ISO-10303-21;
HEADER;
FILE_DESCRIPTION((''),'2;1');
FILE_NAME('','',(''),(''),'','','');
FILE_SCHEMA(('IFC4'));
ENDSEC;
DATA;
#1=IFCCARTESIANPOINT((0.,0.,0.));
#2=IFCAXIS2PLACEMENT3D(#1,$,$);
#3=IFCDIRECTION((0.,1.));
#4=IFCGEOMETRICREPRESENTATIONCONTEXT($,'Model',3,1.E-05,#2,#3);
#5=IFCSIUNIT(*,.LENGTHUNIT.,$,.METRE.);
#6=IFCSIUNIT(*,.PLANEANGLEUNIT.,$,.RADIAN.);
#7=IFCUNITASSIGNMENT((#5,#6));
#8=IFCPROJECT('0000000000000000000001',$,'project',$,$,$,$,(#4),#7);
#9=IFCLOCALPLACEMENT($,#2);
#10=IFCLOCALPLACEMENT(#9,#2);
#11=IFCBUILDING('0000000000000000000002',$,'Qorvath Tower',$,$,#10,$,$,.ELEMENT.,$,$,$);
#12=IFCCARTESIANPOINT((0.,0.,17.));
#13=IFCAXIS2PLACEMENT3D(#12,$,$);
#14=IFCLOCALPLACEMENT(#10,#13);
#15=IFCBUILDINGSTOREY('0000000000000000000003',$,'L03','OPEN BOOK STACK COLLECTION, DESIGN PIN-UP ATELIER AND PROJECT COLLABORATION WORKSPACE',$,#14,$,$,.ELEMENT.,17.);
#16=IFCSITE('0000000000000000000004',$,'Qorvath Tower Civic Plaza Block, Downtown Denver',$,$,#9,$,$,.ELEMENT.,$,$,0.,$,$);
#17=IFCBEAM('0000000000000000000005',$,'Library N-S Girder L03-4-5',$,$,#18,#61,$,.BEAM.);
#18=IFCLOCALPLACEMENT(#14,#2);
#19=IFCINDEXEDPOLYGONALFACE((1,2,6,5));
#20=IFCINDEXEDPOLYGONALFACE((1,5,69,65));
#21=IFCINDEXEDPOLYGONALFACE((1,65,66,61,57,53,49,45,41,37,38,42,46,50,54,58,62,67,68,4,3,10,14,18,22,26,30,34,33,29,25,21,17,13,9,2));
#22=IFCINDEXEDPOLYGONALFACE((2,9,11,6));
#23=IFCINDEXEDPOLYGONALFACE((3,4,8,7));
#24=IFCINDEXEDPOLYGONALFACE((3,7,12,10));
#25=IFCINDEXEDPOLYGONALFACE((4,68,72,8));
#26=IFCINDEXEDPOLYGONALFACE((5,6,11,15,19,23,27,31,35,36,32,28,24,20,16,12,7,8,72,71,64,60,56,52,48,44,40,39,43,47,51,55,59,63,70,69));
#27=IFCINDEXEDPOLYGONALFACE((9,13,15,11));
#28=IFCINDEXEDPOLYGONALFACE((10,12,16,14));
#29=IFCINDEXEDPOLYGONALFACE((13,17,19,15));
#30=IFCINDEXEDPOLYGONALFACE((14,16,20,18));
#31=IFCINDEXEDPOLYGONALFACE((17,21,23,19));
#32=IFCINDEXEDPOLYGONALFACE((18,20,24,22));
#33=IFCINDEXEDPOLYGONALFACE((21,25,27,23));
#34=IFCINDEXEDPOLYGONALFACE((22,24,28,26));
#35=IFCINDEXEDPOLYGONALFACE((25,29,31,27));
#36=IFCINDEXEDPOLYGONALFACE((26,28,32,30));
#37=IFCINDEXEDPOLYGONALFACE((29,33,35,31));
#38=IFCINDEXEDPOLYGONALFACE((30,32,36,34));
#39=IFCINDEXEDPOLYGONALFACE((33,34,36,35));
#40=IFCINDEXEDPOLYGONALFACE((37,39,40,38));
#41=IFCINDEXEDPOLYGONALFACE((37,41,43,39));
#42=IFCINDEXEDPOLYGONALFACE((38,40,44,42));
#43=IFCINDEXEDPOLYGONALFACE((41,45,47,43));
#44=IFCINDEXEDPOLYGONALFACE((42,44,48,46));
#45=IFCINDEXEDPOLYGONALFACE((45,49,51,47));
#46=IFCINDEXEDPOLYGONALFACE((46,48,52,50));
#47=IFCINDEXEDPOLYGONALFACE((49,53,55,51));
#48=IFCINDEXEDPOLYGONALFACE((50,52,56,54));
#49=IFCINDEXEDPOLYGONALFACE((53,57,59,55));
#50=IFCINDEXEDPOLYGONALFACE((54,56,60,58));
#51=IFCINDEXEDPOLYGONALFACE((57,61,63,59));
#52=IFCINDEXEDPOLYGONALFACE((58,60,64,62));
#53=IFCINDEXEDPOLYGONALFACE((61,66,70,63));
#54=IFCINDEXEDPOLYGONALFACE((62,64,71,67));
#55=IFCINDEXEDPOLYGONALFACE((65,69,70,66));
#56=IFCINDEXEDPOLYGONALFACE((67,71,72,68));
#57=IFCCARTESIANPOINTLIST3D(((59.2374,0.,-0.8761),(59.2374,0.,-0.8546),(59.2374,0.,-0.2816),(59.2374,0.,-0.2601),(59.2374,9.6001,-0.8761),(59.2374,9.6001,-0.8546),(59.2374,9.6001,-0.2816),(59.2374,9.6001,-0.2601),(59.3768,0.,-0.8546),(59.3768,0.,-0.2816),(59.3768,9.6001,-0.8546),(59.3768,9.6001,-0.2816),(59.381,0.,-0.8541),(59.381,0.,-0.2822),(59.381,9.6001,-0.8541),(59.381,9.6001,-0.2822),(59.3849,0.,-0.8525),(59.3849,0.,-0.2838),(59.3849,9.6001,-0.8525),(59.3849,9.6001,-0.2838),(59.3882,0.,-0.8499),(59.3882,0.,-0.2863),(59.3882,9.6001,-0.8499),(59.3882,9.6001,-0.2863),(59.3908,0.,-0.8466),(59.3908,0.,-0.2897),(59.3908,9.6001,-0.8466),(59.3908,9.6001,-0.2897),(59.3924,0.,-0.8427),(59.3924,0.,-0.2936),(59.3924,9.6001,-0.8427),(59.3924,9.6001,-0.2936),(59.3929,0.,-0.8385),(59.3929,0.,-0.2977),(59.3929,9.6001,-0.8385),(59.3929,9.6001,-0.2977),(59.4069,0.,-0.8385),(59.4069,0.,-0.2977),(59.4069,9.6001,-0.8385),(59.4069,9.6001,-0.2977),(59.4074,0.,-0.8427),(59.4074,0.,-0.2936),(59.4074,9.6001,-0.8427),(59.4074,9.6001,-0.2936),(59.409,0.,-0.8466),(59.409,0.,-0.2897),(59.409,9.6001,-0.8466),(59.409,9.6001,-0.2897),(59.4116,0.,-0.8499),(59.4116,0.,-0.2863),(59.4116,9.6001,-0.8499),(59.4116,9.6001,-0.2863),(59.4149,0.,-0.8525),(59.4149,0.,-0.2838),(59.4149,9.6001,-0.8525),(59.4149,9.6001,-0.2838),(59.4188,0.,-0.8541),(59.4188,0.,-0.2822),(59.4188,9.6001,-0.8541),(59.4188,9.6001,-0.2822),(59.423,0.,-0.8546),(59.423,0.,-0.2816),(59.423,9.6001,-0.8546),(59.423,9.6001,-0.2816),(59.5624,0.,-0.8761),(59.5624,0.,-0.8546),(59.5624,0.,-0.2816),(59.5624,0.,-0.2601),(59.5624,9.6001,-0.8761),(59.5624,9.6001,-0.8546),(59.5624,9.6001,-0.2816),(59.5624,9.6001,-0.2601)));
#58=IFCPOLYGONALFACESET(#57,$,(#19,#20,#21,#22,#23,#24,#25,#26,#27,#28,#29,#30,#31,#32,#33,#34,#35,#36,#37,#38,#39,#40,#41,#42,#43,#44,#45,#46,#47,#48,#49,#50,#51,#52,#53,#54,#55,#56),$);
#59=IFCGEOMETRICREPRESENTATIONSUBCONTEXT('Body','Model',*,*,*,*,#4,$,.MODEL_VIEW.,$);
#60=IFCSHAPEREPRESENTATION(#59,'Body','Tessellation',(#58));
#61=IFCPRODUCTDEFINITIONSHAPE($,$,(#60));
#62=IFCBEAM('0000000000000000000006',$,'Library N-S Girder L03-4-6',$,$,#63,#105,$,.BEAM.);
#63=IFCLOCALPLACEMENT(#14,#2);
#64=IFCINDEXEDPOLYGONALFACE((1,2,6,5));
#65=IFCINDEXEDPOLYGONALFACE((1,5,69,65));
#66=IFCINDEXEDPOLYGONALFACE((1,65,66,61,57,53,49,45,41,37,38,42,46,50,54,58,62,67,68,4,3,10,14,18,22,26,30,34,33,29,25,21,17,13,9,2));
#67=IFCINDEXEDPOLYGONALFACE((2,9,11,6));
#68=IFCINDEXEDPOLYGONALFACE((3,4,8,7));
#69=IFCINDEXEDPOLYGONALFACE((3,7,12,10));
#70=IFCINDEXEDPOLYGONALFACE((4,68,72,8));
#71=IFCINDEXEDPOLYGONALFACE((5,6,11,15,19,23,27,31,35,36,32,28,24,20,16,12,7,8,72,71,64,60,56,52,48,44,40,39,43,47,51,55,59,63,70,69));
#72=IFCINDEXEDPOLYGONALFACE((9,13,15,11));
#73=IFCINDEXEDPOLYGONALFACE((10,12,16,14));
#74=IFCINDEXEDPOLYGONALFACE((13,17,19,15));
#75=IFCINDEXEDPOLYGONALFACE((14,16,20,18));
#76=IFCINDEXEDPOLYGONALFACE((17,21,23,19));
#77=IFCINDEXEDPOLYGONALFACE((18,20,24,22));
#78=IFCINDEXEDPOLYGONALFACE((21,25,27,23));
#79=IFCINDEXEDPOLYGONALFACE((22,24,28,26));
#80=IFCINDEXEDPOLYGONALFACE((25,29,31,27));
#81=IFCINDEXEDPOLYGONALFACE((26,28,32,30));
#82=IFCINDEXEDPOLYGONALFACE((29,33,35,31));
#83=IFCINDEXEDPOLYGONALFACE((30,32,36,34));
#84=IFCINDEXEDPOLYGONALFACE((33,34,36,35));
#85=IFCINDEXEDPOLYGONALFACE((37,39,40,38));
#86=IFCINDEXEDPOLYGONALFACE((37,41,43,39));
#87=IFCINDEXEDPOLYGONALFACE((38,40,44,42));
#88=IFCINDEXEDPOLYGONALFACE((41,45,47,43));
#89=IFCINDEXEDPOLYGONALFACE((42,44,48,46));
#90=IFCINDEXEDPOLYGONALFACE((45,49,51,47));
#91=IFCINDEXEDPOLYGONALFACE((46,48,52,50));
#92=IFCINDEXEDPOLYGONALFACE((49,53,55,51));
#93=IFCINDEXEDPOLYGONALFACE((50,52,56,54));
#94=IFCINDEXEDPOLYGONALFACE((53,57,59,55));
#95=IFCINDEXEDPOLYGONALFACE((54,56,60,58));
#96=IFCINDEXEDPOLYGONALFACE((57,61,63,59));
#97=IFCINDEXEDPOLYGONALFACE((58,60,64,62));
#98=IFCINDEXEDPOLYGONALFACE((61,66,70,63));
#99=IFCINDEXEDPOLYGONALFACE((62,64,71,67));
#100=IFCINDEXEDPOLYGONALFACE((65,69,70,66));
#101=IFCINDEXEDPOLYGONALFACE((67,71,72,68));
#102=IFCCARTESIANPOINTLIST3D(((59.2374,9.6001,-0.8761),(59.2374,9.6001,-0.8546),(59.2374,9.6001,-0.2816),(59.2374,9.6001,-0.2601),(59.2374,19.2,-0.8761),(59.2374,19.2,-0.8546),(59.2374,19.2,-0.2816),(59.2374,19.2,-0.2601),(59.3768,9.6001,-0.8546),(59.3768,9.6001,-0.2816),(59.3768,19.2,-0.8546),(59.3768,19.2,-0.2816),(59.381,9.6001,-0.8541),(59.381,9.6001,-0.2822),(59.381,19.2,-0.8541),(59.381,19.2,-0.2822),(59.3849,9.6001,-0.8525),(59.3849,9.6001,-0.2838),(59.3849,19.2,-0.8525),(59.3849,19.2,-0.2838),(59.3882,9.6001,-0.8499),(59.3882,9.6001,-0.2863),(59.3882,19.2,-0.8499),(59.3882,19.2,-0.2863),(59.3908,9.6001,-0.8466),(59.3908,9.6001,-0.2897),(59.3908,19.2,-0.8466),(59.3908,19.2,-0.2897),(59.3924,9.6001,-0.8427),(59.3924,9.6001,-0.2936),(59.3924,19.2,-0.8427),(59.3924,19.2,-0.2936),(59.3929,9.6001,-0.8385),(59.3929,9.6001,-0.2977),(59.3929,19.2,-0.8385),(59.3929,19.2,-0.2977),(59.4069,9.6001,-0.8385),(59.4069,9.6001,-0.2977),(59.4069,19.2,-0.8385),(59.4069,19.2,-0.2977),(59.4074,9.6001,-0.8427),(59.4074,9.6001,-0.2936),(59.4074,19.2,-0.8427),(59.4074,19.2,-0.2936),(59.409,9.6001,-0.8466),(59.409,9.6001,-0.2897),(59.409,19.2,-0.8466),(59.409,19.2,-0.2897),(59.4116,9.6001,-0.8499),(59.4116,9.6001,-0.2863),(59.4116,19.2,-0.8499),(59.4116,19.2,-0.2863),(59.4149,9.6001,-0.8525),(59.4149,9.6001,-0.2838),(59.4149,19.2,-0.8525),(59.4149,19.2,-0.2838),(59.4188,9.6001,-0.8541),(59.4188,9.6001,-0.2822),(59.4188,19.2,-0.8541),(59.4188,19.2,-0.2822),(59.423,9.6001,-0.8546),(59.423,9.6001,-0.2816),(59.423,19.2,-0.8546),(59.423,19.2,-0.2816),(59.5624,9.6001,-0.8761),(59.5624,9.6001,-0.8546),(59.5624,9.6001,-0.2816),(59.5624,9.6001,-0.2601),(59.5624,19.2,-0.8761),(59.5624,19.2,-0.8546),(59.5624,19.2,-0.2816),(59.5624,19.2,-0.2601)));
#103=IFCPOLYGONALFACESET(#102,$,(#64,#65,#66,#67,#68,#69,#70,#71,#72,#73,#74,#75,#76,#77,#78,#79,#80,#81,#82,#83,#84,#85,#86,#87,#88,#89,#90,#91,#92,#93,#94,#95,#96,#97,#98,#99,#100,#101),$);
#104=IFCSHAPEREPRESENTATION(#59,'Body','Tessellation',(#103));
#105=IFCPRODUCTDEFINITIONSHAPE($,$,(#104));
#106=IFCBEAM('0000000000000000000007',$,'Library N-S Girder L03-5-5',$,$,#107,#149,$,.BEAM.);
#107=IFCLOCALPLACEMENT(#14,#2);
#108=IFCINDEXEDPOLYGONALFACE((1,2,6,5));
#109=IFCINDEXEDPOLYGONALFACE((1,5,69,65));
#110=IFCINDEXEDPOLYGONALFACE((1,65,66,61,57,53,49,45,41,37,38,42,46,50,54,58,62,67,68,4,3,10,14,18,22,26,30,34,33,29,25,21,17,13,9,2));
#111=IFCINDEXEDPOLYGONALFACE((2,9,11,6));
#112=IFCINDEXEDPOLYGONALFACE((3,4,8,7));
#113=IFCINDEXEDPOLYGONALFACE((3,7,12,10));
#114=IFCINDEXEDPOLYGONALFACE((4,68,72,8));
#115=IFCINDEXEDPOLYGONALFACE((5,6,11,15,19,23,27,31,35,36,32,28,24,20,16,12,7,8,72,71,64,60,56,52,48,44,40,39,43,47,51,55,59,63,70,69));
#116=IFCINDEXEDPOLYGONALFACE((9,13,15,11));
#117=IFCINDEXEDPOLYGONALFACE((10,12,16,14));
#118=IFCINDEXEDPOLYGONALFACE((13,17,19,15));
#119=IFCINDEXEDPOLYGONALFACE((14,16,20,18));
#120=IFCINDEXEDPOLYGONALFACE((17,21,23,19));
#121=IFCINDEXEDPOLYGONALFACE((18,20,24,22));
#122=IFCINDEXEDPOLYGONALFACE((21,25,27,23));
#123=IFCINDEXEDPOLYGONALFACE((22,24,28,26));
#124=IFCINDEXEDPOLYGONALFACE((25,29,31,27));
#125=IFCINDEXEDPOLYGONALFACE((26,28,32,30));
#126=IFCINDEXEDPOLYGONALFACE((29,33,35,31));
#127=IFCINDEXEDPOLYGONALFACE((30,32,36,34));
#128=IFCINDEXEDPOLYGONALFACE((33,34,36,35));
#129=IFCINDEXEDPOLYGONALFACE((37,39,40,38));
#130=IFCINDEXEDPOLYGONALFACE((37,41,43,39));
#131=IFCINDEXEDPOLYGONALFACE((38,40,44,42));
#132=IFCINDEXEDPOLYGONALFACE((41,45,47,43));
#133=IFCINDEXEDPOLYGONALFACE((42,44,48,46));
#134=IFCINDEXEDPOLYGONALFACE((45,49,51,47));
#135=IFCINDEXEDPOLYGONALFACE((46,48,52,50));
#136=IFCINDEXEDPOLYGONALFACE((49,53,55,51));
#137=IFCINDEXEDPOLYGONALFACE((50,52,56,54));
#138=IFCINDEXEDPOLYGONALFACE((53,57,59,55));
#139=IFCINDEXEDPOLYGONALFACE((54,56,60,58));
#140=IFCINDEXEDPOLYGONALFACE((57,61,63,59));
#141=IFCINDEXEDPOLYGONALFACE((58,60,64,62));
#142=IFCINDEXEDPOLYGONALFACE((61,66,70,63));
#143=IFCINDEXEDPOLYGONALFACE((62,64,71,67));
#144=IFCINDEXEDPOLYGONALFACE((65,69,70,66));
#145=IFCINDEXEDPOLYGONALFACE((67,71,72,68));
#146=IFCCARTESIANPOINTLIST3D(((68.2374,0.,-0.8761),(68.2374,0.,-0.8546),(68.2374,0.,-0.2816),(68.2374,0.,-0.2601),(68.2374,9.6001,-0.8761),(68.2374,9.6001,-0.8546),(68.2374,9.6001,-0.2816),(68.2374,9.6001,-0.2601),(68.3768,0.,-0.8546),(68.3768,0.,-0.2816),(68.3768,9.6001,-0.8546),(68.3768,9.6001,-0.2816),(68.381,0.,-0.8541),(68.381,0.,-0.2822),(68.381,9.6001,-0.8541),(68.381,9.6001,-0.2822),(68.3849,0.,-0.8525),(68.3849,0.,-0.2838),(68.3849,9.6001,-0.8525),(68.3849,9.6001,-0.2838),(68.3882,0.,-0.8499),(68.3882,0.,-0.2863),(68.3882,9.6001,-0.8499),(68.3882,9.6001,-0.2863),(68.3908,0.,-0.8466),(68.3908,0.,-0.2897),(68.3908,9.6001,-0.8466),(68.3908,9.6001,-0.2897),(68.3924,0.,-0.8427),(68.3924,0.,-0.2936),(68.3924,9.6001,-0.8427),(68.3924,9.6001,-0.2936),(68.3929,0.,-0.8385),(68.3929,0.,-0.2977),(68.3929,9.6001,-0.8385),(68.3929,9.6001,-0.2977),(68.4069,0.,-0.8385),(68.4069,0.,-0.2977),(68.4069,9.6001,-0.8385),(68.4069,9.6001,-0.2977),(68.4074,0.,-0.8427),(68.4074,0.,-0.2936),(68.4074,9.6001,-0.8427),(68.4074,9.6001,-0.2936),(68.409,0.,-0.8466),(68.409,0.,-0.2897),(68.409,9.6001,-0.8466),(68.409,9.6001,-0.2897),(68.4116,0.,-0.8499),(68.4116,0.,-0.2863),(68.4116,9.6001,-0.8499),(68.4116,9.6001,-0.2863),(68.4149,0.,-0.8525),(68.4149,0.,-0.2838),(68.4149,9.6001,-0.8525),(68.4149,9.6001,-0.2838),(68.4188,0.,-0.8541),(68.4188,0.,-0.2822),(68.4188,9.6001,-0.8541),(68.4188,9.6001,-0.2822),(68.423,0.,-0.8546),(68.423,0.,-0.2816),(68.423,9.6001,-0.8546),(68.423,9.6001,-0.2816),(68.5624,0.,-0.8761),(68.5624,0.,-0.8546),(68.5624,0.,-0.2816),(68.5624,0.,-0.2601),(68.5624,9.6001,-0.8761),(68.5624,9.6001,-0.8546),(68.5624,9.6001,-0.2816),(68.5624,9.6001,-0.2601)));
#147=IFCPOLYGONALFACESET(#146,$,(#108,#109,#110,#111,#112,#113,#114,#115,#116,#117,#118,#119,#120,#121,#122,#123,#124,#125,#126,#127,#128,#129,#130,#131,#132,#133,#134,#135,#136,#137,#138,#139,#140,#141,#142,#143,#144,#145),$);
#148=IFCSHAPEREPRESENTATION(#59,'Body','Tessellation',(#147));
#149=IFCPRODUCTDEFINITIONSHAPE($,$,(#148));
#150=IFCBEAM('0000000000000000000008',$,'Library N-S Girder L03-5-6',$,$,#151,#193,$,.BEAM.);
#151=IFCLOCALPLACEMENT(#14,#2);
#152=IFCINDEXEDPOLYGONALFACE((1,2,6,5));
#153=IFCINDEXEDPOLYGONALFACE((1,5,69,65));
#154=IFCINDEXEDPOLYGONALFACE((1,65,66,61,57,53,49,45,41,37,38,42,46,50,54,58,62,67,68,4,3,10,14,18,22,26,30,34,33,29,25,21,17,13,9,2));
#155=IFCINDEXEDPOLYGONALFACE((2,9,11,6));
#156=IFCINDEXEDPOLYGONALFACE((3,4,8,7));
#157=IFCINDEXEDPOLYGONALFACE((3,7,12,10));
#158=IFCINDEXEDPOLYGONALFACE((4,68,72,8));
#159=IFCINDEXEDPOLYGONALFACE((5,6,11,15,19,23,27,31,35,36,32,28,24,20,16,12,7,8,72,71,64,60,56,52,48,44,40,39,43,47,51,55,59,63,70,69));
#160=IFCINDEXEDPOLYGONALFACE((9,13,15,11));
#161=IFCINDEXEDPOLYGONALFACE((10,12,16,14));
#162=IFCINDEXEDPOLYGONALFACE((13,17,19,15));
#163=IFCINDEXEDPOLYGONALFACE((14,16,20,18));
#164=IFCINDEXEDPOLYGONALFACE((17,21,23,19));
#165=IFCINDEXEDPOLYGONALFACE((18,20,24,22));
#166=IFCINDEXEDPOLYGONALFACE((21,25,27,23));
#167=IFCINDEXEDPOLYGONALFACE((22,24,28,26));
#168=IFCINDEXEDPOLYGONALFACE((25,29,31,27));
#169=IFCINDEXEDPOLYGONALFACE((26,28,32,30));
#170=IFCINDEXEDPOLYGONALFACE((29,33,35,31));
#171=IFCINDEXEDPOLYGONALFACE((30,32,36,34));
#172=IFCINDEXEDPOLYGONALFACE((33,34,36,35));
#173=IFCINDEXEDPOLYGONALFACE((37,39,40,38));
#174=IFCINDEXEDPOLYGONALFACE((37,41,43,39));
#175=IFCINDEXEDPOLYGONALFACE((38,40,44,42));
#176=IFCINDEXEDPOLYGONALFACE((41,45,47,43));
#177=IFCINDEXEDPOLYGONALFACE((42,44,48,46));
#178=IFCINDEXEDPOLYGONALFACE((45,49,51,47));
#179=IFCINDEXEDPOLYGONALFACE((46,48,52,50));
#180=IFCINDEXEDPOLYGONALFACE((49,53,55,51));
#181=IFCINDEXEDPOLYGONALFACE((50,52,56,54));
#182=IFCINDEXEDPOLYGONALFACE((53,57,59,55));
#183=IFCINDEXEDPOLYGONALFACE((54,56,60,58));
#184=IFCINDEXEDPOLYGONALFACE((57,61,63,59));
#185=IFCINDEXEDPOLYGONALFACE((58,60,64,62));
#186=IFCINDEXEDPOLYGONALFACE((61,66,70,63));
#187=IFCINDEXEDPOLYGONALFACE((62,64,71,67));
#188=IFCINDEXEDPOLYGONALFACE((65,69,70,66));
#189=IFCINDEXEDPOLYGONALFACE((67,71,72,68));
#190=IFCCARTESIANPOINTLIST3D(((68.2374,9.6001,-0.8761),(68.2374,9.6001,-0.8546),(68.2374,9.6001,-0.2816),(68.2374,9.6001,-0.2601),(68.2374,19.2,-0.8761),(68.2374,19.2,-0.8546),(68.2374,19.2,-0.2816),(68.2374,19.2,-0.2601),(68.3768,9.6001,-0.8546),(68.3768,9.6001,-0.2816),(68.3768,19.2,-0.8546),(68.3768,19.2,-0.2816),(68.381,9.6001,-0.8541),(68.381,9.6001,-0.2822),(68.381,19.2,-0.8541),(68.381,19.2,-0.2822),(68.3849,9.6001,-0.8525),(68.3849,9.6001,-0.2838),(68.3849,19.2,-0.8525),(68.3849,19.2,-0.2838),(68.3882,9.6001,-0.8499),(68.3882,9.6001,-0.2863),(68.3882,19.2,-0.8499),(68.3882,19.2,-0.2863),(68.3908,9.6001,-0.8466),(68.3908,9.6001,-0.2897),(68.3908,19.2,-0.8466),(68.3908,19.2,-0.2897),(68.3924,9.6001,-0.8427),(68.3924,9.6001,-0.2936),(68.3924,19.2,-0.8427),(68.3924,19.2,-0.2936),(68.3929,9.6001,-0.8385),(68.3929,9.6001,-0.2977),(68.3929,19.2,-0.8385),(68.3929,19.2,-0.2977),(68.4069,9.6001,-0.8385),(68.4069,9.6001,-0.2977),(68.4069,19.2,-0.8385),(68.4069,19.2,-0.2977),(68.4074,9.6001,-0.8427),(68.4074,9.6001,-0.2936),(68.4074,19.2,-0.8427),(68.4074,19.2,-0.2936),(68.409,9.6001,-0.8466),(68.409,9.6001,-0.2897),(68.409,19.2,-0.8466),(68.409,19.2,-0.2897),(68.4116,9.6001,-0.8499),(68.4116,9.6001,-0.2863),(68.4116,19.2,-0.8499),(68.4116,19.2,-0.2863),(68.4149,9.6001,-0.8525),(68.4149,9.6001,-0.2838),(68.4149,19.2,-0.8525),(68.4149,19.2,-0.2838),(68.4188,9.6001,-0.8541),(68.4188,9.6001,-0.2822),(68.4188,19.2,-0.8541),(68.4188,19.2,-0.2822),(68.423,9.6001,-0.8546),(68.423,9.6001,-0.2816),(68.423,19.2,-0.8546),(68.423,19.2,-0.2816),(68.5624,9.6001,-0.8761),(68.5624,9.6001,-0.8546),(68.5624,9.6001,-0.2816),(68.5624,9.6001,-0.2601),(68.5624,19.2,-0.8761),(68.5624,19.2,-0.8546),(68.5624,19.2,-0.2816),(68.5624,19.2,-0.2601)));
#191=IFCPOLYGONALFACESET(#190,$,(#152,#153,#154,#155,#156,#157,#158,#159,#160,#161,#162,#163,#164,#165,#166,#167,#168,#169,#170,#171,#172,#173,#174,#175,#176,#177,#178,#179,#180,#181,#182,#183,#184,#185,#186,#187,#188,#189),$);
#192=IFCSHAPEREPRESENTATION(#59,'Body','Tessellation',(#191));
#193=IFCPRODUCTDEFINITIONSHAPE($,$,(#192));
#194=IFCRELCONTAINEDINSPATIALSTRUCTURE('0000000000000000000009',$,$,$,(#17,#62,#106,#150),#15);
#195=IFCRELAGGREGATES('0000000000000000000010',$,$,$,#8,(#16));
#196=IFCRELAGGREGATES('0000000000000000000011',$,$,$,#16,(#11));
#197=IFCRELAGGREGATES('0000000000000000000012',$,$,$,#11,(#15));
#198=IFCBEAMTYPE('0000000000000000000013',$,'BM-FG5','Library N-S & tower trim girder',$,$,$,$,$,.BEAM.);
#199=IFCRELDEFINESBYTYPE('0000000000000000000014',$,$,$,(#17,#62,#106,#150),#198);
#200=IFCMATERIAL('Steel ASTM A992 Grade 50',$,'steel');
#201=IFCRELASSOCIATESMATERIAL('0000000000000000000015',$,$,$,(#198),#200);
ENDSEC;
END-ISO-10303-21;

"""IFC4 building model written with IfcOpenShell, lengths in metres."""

from ifc_helpers import new_model, si_unit, direction, frame, origin, origin_2d, place, context, subcontext, project, spatial, i_section, extrude, material, material_profile, profile_set, type_object, element, save


model = new_model("IFC4")

# Units and contexts
model_context = context("Model", 3, precision=1e-05, world=origin(), true_north=direction((0.0, 1.0)))
body_context = subcontext(model_context, "Body", "Model", "MODEL_VIEW")
ifc_project = project(units=[si_unit("LENGTHUNIT", "METRE"), si_unit("PLANEANGLEUNIT", "RADIAN")], contexts=[model_context])

# Site, building, storey
site_placement = place(None, origin())
site = spatial("IfcSite", under=ifc_project, at=site_placement, Name="Qorvath Tower Civic Plaza Block, Downtown Denver", CompositionType="ELEMENT", RefElevation=0.0)
building_placement = place(site_placement, origin())
building = spatial("IfcBuilding", under=site, at=building_placement, Name="Qorvath Tower", CompositionType="ELEMENT")
storey_placement = place(building_placement, frame((0.0, 0.0, 17.0)))
storey = spatial("IfcBuildingStorey", under=building, at=storey_placement, Name="L03", Description="OPEN BOOK STACK COLLECTION, DESIGN PIN-UP ATELIER AND PROJECT COLLABORATION WORKSPACE", CompositionType="ELEMENT", Elevation=17.0)

# Beams
ifc_material_1 = material(Name="Steel ASTM A992 Grade 50", Category="steel")
ifc_material_profile_1 = material_profile(ifc_material_1, i_section(OverallWidth=0.325, OverallDepth=0.616, WebThickness=0.0139, FlangeThickness=0.0215, FilletRadius=0.0161, at=origin_2d()), Name="W24x117")
ifc_profile_set_1 = profile_set([ifc_material_profile_1], Name="Steel ASTM A992 Grade 50")
beam_type_1 = type_object("IfcBeamType", Name="BM-FG5", Description="Library N-S & tower trim girder", PredefinedType="BEAM", material=ifc_profile_set_1)
beam_1_placement = place(storey_placement, frame((59.3999, 0.0, -0.5681), z_axis=(0.0, 1.0, 0.0), x_axis=(-1.0, 0.0, 0.0)))
element("IfcBeam", 1, at=beam_1_placement, inside=storey, type_object=beam_type_1, Name="Library N-S Girder L03-4-5", PredefinedType="BEAM", context=body_context, shape_type="SweptSolid", body=[
    extrude(i_section(OverallWidth=0.325, OverallDepth=0.616, WebThickness=0.0139, FlangeThickness=0.0215, FilletRadius=0.0161, at=origin_2d()), origin(), (0.0, 0.0, 1.0), 9.6001),
])
beam_2_placement = place(storey_placement, frame((59.3999, 9.6001, -0.5681), z_axis=(0.0, 1.0, 0.0), x_axis=(-1.0, 0.0, 0.0)))
element("IfcBeam", 2, at=beam_2_placement, inside=storey, type_object=beam_type_1, Name="Library N-S Girder L03-4-6", PredefinedType="BEAM", context=body_context, shape_type="SweptSolid", body=[
    extrude(i_section(OverallWidth=0.325, OverallDepth=0.616, WebThickness=0.0139, FlangeThickness=0.0215, FilletRadius=0.0161, at=origin_2d()), origin(), (0.0, 0.0, 1.0), 9.5999),
])
beam_3_placement = place(storey_placement, frame((68.3999, 0.0, -0.5681), z_axis=(0.0, 1.0, 0.0), x_axis=(-1.0, 0.0, 0.0)))
element("IfcBeam", 3, at=beam_3_placement, inside=storey, type_object=beam_type_1, Name="Library N-S Girder L03-5-5", PredefinedType="BEAM", context=body_context, shape_type="SweptSolid", body=[
    extrude(i_section(OverallWidth=0.325, OverallDepth=0.616, WebThickness=0.0139, FlangeThickness=0.0215, FilletRadius=0.0161, at=origin_2d()), origin(), (0.0, 0.0, 1.0), 9.6001),
])
beam_4_placement = place(storey_placement, frame((68.3999, 9.6001, -0.5681), z_axis=(0.0, 1.0, 0.0), x_axis=(-1.0, 0.0, 0.0)))
element("IfcBeam", 4, at=beam_4_placement, inside=storey, type_object=beam_type_1, Name="Library N-S Girder L03-5-6", PredefinedType="BEAM", context=body_context, shape_type="SweptSolid", body=[
    extrude(i_section(OverallWidth=0.325, OverallDepth=0.616, WebThickness=0.0139, FlangeThickness=0.0215, FilletRadius=0.0161, at=origin_2d()), origin(), (0.0, 0.0, 1.0), 9.5999),
])

save(model, "model.ifc")
